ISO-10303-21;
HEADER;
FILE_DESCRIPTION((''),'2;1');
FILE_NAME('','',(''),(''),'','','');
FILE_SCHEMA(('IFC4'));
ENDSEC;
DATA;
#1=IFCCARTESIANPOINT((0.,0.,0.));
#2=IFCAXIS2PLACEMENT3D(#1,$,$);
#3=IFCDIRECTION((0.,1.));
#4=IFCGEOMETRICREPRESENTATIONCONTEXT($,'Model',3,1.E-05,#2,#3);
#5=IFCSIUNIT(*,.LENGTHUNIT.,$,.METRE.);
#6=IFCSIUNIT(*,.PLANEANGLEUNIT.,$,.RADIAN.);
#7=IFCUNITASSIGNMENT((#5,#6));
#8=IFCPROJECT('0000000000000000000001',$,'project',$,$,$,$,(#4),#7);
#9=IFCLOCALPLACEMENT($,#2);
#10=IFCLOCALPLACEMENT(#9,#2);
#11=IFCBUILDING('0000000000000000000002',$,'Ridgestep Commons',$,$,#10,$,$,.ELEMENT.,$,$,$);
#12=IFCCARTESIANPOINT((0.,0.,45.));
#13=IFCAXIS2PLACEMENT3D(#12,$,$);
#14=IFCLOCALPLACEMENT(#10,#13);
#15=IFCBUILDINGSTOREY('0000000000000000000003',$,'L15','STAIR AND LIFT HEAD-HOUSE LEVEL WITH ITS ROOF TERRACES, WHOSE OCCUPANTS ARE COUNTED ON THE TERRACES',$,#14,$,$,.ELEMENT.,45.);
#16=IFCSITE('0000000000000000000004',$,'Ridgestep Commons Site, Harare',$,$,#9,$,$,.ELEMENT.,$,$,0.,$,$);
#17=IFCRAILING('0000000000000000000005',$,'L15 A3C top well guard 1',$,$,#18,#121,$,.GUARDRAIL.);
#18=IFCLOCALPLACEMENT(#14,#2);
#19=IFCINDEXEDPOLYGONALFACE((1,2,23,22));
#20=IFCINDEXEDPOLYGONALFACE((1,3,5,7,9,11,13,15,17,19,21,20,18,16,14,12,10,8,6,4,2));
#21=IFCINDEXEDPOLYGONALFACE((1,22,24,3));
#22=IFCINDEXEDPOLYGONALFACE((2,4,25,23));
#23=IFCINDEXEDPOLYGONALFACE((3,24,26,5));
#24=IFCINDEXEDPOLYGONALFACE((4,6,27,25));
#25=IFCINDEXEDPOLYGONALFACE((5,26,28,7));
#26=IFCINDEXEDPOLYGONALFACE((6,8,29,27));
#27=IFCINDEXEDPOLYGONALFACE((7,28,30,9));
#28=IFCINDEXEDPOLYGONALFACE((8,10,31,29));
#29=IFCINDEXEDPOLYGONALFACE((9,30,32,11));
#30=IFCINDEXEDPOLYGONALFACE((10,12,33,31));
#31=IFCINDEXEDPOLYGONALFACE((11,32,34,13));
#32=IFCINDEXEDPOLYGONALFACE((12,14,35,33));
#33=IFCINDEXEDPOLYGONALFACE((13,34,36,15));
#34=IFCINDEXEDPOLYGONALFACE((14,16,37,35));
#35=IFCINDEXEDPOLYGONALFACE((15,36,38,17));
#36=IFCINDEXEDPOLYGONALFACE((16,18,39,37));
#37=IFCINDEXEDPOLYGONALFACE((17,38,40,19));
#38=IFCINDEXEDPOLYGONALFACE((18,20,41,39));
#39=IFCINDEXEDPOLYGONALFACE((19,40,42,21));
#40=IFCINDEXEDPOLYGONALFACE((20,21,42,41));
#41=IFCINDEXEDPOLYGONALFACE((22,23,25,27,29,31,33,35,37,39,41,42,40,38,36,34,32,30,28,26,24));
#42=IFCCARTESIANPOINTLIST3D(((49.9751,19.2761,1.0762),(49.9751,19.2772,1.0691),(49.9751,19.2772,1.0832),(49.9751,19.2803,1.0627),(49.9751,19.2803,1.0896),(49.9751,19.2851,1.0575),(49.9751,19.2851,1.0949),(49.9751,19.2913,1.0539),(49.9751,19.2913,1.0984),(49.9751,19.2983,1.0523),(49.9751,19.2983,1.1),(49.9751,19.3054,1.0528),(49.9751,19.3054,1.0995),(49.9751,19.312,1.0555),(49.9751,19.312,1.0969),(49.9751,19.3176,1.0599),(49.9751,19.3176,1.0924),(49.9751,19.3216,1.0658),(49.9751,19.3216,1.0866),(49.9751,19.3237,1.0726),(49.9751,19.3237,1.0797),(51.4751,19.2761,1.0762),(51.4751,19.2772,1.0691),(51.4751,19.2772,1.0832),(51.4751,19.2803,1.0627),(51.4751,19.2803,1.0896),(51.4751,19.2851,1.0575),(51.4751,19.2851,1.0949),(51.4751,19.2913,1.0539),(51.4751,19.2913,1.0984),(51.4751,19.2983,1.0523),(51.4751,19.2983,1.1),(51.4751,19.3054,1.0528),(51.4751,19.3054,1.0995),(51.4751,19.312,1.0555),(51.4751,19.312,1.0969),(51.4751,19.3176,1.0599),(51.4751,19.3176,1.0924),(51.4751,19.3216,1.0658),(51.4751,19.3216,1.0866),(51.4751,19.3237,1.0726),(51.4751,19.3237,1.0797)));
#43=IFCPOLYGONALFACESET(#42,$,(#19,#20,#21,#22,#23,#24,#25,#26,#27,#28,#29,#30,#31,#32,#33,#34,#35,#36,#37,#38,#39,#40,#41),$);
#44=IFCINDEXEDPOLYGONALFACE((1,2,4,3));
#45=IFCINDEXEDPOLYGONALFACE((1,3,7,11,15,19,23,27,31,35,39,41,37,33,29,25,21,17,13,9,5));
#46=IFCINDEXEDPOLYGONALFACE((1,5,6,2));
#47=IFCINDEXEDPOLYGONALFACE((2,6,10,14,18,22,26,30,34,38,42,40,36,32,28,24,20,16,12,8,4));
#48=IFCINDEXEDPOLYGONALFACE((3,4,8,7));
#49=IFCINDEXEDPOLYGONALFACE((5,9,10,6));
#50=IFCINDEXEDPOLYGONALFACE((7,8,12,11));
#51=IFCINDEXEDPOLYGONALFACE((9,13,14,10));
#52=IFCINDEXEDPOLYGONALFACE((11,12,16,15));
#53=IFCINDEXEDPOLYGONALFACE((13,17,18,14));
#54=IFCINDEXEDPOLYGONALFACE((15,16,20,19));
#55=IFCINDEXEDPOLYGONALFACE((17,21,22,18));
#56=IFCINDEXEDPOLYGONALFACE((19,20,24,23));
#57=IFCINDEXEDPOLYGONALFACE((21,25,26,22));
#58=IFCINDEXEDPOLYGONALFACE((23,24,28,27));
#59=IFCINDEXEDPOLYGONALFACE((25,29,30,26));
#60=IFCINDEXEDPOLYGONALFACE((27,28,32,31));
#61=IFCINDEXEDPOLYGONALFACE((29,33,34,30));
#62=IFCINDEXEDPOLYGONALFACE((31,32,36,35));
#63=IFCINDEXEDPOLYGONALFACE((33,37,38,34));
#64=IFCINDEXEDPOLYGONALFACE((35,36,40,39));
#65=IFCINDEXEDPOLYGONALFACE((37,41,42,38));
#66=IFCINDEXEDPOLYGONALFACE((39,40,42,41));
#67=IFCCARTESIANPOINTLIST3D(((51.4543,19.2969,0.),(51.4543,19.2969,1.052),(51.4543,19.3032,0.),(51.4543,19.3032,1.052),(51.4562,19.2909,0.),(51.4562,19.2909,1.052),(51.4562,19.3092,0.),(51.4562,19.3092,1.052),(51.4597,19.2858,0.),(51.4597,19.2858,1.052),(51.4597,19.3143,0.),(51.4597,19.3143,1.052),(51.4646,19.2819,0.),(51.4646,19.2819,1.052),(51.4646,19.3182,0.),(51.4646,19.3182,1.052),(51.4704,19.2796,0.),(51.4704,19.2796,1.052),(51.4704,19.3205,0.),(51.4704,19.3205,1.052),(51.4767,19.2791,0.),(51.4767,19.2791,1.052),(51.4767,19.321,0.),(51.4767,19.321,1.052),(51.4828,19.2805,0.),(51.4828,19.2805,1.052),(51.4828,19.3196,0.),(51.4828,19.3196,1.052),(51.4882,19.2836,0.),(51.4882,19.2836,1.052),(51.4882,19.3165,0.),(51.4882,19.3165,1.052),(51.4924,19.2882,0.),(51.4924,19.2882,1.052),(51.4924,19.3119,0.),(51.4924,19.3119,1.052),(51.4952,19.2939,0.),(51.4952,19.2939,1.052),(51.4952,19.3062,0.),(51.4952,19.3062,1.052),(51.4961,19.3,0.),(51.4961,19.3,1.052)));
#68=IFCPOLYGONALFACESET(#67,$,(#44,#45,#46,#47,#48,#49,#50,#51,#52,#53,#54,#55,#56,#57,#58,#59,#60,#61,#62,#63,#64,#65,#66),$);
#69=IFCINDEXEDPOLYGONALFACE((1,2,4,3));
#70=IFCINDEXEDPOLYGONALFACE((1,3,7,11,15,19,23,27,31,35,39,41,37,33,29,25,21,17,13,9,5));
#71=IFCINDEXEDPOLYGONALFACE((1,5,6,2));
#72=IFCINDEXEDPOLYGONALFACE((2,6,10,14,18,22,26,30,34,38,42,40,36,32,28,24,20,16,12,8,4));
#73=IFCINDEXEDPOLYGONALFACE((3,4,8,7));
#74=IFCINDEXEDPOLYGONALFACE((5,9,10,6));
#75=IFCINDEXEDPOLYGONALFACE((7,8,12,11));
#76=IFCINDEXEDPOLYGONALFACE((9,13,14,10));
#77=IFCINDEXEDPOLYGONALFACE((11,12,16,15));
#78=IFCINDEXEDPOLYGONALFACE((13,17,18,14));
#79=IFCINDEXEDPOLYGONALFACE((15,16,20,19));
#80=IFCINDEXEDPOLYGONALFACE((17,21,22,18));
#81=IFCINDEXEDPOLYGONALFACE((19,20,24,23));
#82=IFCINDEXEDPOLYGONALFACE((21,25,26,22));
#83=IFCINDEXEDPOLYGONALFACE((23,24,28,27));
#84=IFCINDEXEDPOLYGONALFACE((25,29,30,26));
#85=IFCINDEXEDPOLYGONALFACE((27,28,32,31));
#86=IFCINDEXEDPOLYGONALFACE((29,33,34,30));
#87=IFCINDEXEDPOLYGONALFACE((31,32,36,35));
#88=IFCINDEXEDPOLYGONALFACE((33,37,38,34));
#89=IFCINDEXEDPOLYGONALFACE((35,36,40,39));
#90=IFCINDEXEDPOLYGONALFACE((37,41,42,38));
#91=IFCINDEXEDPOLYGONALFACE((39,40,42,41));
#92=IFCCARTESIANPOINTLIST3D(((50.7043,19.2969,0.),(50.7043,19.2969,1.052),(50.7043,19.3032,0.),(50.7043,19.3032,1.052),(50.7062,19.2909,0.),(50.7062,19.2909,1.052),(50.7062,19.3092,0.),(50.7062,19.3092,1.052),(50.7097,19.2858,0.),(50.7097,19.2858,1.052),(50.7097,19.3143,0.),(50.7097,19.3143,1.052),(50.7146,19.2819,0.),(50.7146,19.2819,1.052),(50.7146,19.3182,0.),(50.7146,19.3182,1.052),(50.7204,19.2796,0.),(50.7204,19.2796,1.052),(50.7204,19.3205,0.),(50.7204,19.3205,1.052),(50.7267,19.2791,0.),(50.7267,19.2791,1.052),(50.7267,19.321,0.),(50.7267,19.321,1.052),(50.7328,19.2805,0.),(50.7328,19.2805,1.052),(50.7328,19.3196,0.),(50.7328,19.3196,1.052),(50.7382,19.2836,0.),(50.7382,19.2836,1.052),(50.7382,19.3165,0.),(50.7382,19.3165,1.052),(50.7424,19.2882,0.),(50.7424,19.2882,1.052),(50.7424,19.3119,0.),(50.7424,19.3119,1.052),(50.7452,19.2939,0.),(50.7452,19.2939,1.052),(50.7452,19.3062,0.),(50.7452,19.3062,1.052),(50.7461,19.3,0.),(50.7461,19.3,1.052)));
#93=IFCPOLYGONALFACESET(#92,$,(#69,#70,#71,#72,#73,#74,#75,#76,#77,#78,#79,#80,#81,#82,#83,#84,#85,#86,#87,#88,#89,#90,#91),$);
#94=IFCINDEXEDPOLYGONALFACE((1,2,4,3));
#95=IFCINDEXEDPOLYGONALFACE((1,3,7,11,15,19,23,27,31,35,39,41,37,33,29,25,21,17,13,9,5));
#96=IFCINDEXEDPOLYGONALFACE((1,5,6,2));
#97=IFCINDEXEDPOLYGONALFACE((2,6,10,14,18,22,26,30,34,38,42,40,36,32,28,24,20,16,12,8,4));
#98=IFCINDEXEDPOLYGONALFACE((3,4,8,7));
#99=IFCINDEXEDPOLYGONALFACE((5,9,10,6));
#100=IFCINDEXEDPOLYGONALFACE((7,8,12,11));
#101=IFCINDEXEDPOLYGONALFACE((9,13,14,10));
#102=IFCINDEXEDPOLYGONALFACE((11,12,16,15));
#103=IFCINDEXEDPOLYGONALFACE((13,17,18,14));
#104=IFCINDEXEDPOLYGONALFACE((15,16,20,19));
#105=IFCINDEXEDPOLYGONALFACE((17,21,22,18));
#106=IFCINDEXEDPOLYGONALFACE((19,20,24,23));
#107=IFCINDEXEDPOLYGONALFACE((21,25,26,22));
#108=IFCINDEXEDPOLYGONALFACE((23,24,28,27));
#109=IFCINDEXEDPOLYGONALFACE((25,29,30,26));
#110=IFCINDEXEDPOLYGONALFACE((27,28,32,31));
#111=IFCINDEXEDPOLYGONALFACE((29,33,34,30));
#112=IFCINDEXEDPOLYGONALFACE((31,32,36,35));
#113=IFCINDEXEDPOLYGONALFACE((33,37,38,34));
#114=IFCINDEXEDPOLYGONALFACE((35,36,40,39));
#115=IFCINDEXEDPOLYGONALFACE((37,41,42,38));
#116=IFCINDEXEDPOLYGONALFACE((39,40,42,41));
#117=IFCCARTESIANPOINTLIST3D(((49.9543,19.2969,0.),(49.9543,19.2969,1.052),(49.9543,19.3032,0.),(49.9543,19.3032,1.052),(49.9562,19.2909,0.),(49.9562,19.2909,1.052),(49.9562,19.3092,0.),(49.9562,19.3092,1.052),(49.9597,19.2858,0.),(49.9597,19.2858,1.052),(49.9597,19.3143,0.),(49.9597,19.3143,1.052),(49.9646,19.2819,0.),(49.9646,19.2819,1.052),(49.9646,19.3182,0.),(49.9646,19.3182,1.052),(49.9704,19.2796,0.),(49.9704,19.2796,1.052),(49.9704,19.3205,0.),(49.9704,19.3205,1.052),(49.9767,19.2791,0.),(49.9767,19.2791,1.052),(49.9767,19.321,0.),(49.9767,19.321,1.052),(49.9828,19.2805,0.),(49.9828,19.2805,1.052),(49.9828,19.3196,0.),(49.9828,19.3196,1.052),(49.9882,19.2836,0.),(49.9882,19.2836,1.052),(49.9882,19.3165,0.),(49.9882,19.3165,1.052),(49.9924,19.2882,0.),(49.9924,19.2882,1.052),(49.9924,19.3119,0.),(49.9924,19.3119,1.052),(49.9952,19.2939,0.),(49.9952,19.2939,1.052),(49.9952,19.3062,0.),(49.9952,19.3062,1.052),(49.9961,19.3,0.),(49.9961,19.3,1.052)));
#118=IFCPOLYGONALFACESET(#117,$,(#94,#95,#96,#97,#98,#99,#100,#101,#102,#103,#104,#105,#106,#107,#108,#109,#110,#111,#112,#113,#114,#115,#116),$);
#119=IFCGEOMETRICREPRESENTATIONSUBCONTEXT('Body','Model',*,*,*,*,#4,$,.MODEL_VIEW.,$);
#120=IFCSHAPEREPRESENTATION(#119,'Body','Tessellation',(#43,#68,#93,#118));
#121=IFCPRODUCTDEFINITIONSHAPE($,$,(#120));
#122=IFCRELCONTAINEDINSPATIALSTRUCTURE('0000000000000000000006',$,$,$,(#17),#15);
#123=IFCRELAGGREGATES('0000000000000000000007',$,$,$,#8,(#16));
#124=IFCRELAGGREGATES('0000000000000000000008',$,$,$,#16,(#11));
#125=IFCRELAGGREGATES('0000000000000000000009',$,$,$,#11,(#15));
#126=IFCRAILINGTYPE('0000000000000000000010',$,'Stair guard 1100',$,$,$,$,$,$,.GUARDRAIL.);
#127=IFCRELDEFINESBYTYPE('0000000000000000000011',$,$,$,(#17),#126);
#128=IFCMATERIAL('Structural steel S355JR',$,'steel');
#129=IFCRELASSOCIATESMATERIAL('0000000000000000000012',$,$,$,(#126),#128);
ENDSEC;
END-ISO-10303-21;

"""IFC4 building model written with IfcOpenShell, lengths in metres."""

from ifc_helpers import new_model, si_unit, direction, frame, origin, origin_2d, place, context, subcontext, project, spatial, circle, extrude, material, type_object, element, save


model = new_model("IFC4")

# Units and contexts
model_context = context("Model", 3, precision=1e-05, world=origin(), true_north=direction((0.0, 1.0)))
body_context = subcontext(model_context, "Body", "Model", "MODEL_VIEW")
ifc_project = project(units=[si_unit("LENGTHUNIT", "METRE"), si_unit("PLANEANGLEUNIT", "RADIAN")], contexts=[model_context])

# Site, building, storey
site_placement = place(None, origin())
site = spatial("IfcSite", under=ifc_project, at=site_placement, Name="Ridgestep Commons Site, Harare", CompositionType="ELEMENT", RefElevation=0.0)
building_placement = place(site_placement, origin())
building = spatial("IfcBuilding", under=site, at=building_placement, Name="Ridgestep Commons", CompositionType="ELEMENT")
storey_placement = place(building_placement, frame((0.0, 0.0, 45.0)))
storey = spatial("IfcBuildingStorey", under=building, at=storey_placement, Name="L15", Description="STAIR AND LIFT HEAD-HOUSE LEVEL WITH ITS ROOF TERRACES, WHOSE OCCUPANTS ARE COUNTED ON THE TERRACES", CompositionType="ELEMENT", Elevation=45.0)

# Railing
ifc_material_1 = material(Name="Structural steel S355JR", Category="steel")
railing_type_1 = type_object("IfcRailingType", Name="Stair guard 1100", PredefinedType="GUARDRAIL", material=ifc_material_1)
railing_1_placement = place(storey_placement, frame((51.4751, 19.3, 0.0)))
element("IfcRailing", 1, at=railing_1_placement, inside=storey, type_object=railing_type_1, Name="L15 A3C top well guard 1", PredefinedType="GUARDRAIL", context=body_context, shape_type="SweptSolid", body=[
    extrude(circle(Radius=0.0239, at=origin_2d()), frame((0.0, 0.0, 1.0762), z_axis=(-1.0, 0.0, 0.0), x_axis=(0.0, -1.0, 0.0)), (0.0, 0.0, 1.0), 1.5),
    extrude(circle(Radius=0.021, at=origin_2d()), origin(), (0.0, 0.0, 1.0), 1.052),
    extrude(circle(Radius=0.021, at=origin_2d()), frame((-0.75, 0.0, 0.0)), (0.0, 0.0, 1.0), 1.052),
    extrude(circle(Radius=0.021, at=origin_2d()), frame((-1.5, 0.0, 0.0)), (0.0, 0.0, 1.0), 1.052),
])

save(model, "model.ifc")
